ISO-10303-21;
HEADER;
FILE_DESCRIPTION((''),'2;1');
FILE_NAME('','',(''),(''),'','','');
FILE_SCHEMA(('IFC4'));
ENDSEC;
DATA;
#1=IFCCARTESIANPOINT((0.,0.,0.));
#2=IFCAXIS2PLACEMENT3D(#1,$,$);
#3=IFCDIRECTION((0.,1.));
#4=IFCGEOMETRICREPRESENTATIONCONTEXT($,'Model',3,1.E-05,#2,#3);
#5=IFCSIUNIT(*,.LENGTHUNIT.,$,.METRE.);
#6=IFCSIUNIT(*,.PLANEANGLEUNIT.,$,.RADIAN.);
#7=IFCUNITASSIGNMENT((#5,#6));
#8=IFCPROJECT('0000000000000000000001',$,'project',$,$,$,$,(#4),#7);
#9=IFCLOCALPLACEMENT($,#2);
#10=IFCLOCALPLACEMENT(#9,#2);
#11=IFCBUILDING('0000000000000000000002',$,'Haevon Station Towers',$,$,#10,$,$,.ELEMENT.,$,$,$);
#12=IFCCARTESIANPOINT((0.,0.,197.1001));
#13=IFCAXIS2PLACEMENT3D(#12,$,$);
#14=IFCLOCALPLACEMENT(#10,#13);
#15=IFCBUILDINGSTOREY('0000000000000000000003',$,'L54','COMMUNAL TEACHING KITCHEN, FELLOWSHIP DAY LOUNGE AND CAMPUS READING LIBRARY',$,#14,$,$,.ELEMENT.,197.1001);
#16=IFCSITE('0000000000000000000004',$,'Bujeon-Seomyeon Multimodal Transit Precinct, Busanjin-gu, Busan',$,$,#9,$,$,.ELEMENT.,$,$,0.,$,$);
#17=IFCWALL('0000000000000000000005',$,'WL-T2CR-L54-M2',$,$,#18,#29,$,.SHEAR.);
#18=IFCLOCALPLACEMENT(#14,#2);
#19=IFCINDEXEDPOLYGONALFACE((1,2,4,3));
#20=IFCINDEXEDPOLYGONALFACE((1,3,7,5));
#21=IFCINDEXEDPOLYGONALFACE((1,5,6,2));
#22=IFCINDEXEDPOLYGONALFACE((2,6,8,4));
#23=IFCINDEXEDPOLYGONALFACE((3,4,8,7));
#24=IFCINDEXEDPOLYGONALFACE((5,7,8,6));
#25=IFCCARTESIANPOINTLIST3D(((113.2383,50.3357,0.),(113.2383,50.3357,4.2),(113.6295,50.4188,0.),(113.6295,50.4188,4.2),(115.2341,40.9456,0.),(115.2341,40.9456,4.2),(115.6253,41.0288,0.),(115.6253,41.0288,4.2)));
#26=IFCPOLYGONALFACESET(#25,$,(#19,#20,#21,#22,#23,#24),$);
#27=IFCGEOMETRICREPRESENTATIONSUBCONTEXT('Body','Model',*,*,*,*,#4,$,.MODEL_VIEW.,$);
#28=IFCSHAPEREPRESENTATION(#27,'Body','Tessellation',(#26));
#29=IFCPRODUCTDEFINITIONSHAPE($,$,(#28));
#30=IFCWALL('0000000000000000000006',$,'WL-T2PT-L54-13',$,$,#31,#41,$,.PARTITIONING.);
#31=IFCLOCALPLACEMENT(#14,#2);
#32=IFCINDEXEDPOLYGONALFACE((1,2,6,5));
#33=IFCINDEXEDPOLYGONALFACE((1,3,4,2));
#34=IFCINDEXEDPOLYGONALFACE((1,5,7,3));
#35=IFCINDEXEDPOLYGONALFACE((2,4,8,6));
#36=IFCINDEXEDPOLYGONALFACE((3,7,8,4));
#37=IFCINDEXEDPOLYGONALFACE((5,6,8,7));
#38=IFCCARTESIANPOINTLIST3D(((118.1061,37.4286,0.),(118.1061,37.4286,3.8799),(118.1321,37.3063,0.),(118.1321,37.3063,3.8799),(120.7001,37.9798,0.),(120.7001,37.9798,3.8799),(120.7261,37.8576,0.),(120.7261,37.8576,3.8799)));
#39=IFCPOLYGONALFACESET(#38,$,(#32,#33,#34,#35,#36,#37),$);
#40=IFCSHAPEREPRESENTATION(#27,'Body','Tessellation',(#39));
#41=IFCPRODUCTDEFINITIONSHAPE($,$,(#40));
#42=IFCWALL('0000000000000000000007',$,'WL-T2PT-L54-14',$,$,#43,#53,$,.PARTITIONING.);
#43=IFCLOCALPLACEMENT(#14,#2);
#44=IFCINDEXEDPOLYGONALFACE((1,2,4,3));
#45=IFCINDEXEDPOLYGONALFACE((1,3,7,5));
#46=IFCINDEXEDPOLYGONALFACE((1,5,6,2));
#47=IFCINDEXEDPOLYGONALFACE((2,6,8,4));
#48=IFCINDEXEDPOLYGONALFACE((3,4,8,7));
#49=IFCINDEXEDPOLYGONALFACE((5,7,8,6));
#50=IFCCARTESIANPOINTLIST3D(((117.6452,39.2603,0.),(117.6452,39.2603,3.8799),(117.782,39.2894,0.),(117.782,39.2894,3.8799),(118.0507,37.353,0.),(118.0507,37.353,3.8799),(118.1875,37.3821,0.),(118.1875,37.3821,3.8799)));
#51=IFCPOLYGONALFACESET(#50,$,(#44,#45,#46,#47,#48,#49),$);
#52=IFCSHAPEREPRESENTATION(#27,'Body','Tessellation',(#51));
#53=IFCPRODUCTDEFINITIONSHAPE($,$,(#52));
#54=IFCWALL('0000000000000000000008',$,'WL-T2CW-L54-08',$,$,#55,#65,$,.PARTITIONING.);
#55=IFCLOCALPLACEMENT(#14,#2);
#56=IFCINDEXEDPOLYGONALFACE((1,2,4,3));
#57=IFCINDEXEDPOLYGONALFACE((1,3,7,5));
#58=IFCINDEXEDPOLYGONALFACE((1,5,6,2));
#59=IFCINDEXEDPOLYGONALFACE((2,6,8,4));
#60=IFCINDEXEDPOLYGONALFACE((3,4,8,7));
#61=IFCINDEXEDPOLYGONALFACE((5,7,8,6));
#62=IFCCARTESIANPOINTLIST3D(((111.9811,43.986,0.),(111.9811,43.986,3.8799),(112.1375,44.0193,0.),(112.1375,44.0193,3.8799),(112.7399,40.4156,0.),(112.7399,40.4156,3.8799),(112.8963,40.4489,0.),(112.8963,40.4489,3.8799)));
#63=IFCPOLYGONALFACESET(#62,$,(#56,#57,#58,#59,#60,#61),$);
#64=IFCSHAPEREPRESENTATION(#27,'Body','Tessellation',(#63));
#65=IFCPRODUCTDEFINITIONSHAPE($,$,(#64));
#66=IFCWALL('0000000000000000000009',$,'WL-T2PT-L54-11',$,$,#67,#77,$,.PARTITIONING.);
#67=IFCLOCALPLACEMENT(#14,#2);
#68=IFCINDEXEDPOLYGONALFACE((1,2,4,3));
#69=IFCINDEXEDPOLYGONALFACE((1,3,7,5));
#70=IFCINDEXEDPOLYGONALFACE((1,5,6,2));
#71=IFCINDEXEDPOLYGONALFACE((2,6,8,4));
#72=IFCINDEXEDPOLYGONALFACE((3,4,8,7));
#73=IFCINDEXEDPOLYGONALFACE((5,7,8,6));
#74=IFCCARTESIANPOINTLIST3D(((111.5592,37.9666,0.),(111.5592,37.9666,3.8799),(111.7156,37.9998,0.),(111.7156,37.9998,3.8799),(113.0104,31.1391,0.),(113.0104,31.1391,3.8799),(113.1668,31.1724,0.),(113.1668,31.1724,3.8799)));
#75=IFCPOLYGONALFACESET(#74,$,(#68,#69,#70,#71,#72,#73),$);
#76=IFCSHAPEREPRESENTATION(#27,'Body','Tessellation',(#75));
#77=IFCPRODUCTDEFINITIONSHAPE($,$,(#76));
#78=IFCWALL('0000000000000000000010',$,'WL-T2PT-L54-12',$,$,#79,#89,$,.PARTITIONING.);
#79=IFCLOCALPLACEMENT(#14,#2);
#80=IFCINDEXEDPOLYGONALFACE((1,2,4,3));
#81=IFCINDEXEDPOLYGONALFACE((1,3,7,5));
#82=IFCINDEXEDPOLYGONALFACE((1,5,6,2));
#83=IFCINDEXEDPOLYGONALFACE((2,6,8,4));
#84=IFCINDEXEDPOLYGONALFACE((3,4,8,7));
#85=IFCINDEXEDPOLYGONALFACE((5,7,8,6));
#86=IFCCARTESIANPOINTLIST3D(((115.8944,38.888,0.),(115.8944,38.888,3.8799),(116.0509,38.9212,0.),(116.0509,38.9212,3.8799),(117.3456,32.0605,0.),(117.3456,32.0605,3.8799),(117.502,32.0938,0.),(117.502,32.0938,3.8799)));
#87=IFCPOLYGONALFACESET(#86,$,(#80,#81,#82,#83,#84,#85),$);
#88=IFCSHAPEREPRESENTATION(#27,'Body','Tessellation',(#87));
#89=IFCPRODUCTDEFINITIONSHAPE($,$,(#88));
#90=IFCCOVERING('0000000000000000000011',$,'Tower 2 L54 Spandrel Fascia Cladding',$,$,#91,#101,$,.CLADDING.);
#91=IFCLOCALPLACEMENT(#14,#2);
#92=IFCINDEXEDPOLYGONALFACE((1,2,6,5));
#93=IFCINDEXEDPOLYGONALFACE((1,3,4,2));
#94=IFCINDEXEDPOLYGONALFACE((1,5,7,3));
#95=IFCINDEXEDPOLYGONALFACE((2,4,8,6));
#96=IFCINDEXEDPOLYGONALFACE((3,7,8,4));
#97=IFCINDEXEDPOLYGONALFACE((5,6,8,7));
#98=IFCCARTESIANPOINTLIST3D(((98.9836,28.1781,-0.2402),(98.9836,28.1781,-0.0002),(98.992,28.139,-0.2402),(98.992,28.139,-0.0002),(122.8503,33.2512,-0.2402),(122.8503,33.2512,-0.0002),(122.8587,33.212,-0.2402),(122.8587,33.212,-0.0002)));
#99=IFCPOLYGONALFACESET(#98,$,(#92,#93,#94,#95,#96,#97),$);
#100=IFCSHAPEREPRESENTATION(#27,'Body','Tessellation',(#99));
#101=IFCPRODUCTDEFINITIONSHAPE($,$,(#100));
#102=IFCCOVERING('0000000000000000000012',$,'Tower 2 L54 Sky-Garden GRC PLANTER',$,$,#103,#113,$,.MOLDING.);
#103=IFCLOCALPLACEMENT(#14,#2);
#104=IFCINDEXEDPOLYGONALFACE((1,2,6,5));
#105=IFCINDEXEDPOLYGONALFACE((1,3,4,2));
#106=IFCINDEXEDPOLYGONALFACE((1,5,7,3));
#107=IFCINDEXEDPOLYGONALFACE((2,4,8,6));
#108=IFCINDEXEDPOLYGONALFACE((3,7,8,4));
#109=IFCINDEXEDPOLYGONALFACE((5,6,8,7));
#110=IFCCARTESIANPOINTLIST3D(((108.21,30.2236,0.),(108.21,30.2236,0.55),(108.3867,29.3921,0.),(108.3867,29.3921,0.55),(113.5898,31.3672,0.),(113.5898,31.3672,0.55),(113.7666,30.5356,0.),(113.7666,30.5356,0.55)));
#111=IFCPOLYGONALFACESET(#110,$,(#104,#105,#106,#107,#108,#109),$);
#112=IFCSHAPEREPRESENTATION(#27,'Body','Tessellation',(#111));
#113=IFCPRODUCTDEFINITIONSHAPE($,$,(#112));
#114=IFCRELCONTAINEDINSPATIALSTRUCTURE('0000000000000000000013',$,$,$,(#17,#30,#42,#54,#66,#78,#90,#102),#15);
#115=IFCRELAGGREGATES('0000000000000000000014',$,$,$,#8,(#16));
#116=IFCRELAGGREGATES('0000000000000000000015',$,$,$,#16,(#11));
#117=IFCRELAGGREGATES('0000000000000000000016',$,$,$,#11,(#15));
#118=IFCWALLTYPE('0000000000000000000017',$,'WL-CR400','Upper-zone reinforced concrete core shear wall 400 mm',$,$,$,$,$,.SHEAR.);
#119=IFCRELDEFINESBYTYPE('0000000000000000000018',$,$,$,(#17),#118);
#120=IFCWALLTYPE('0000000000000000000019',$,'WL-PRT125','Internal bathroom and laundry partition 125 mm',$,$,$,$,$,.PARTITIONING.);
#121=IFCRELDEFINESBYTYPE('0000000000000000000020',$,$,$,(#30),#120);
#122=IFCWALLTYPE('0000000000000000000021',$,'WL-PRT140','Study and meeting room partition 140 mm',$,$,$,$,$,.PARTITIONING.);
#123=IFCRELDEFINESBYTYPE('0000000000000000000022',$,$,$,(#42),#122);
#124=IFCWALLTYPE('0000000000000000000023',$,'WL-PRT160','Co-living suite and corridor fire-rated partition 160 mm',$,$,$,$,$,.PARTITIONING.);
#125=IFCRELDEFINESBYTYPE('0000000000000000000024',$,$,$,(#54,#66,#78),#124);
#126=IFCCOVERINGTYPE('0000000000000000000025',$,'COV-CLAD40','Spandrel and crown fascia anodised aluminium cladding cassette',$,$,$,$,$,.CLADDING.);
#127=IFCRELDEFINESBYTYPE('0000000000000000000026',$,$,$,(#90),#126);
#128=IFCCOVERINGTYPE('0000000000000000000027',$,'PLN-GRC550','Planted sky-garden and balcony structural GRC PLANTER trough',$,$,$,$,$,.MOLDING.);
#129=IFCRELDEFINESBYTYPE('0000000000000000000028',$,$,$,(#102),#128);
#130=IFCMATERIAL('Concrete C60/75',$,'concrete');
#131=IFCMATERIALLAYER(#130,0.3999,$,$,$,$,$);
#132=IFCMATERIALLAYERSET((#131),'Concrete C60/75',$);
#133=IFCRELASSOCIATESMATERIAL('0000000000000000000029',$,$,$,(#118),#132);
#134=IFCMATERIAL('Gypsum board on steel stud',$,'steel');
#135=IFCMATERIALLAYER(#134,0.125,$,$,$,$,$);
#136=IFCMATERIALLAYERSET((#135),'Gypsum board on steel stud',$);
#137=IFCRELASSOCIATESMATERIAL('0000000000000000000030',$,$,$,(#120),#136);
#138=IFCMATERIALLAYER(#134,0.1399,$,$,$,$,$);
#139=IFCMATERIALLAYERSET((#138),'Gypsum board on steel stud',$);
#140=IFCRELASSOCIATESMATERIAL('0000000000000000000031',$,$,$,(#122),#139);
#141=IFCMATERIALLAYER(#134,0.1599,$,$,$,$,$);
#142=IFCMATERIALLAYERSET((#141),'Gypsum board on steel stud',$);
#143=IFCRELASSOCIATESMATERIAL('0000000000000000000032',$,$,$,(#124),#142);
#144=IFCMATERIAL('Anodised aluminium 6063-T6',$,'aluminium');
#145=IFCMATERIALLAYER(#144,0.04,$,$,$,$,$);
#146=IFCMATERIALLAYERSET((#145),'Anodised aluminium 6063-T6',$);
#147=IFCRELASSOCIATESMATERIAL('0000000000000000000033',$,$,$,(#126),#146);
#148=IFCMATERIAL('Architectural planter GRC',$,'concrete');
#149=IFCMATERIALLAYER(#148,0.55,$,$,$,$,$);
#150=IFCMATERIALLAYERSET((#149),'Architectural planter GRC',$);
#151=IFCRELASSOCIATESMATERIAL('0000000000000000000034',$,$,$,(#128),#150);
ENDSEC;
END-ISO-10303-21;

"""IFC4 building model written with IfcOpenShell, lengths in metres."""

from ifc_helpers import new_model, si_unit, direction, frame, frame_2d, origin, origin_2d, place, context, subcontext, project, spatial, rectangle, extrude, material, layer, layer_set, type_object, element, save


model = new_model("IFC4")

# Units and contexts
model_context = context("Model", 3, precision=1e-05, world=origin(), true_north=direction((0.0, 1.0)))
body_context = subcontext(model_context, "Body", "Model", "MODEL_VIEW")
ifc_project = project(units=[si_unit("LENGTHUNIT", "METRE"), si_unit("PLANEANGLEUNIT", "RADIAN")], contexts=[model_context])

# Site, building, storey
site_placement = place(None, origin())
site = spatial("IfcSite", under=ifc_project, at=site_placement, Name="Bujeon-Seomyeon Multimodal Transit Precinct, Busanjin-gu, Busan", CompositionType="ELEMENT", RefElevation=0.0)
building_placement = place(site_placement, origin())
building = spatial("IfcBuilding", under=site, at=building_placement, Name="Haevon Station Towers", CompositionType="ELEMENT")
storey_placement = place(building_placement, frame((0.0, 0.0, 197.1001)))
storey = spatial("IfcBuildingStorey", under=building, at=storey_placement, Name="L54", Description="COMMUNAL TEACHING KITCHEN, FELLOWSHIP DAY LOUNGE AND CAMPUS READING LIBRARY", CompositionType="ELEMENT", Elevation=197.1001)

# Shared definitions
ifc_material_1 = material(Name="Gypsum board on steel stud", Category="steel")

# Walls
ifc_material_2 = material(Name="Concrete C60/75", Category="concrete")
ifc_layer_1 = layer(ifc_material_2, 0.3999)
ifc_layer_set_1 = layer_set([ifc_layer_1], Name="Concrete C60/75")
wall_type_1 = type_object("IfcWallType", Name="WL-CR400", Description="Upper-zone reinforced concrete core shear wall 400 mm", PredefinedType="SHEAR", material=ifc_layer_set_1)
wall_1_placement = place(storey_placement, frame((115.4297, 40.9873, 0.0), z_axis=(0.0, 0.0, 1.0), x_axis=(-0.207903, 0.978149, 0.0)))
element("IfcWall", 1, at=wall_1_placement, inside=storey, type_object=wall_type_1, Name="WL-T2CR-L54-M2", PredefinedType="SHEAR", context=body_context, shape_type="SweptSolid", body=[
    extrude(rectangle(XDim=9.5999, YDim=0.3999, at=frame_2d((4.7998, 0.0))), origin(), (0.0, 0.0, 1.0), 4.2),
])
ifc_layer_2 = layer(ifc_material_1, 0.125)
ifc_layer_set_2 = layer_set([ifc_layer_2], Name="Gypsum board on steel stud")
wall_type_2 = type_object("IfcWallType", Name="WL-PRT125", Description="Internal bathroom and laundry partition 125 mm", PredefinedType="PARTITIONING", material=ifc_layer_set_2)
wall_2_placement = place(storey_placement, frame((118.1191, 37.3674, 0.0), z_axis=(0.0, 0.0, 1.0), x_axis=(0.978155, 0.207875, 0.0)))
element("IfcWall", 2, at=wall_2_placement, inside=storey, type_object=wall_type_2, Name="WL-T2PT-L54-13", PredefinedType="PARTITIONING", context=body_context, shape_type="SweptSolid", body=[
    extrude(rectangle(XDim=2.6519, YDim=0.125, at=frame_2d((1.3259, 0.0))), origin(), (0.0, 0.0, 1.0), 3.8799),
])
ifc_layer_3 = layer(ifc_material_1, 0.1399)
ifc_layer_set_3 = layer_set([ifc_layer_3], Name="Gypsum board on steel stud")
wall_type_3 = type_object("IfcWallType", Name="WL-PRT140", Description="Study and meeting room partition 140 mm", PredefinedType="PARTITIONING", material=ifc_layer_set_3)
wall_3_placement = place(storey_placement, frame((118.1191, 37.3674, 0.0), z_axis=(0.0, 0.0, 1.0), x_axis=(-0.207973, 0.978135, 0.0)))
element("IfcWall", 3, at=wall_3_placement, inside=storey, type_object=wall_type_3, Name="WL-T2PT-L54-14", PredefinedType="PARTITIONING", context=body_context, shape_type="SweptSolid", body=[
    extrude(rectangle(XDim=1.95, YDim=0.1399, at=frame_2d((0.9751, 0.0))), origin(), (0.0, 0.0, 1.0), 3.8799),
])
ifc_layer_4 = layer(ifc_material_1, 0.1599)
ifc_layer_set_4 = layer_set([ifc_layer_4], Name="Gypsum board on steel stud")
wall_type_4 = type_object("IfcWallType", Name="WL-PRT160", Description="Co-living suite and corridor fire-rated partition 160 mm", PredefinedType="PARTITIONING", material=ifc_layer_set_4)
wall_4_placement = place(storey_placement, frame((112.8181, 40.4321, 0.0), z_axis=(0.0, 0.0, 1.0), x_axis=(-0.207884, 0.978153, 0.0)))
element("IfcWall", 4, at=wall_4_placement, inside=storey, type_object=wall_type_4, Name="WL-T2CW-L54-08", PredefinedType="PARTITIONING", context=body_context, shape_type="SweptSolid", body=[
    extrude(rectangle(XDim=3.6501, YDim=0.1599, at=frame_2d((1.8252, 0.0))), origin(), (0.0, 0.0, 1.0), 3.8799),
])
for number, where, z_axis, x_axis, name in (
    (5, (113.0886, 31.1558, 0.0), (0.0, 0.0, 1.0), (-0.207907, 0.978149, 0.0), "WL-T2PT-L54-11"),
    (6, (117.4238, 32.0771, 0.0), (0.0, 0.0, 1.0), (-0.207907, 0.978149, 0.0), "WL-T2PT-L54-12"),
):
    element("IfcWall", number, at=place(storey_placement, frame(where, z_axis=z_axis, x_axis=x_axis)), inside=storey, type_object=wall_type_4, Name=name, PredefinedType="PARTITIONING", context=body_context, shape_type="SweptSolid", body=[
        extrude(rectangle(XDim=6.98, YDim=0.1599, at=frame_2d((3.49, 0.0))), origin(), (0.0, 0.0, 1.0), 3.8799),
    ])

# Coverings
ifc_material_3 = material(Name="Anodised aluminium 6063-T6", Category="aluminium")
ifc_layer_5 = layer(ifc_material_3, 0.04)
ifc_layer_set_5 = layer_set([ifc_layer_5], Name="Anodised aluminium 6063-T6")
covering_type_1 = type_object("IfcCoveringType", Name="COV-CLAD40", Description="Spandrel and crown fascia anodised aluminium cladding cassette", PredefinedType="CLADDING", material=ifc_layer_set_5)
covering_1_placement = place(storey_placement, frame((110.9211, 30.6951, -0.2402), z_axis=(0.0, 0.0, 1.0), x_axis=(0.978148, 0.207912, 0.0)))
element("IfcCovering", 7, at=covering_1_placement, inside=storey, type_object=covering_type_1, Name="Tower 2 L54 Spandrel Fascia Cladding", PredefinedType="CLADDING", context=body_context, shape_type="SweptSolid", body=[
    extrude(rectangle(XDim=24.3999, YDim=0.04, at=origin_2d()), origin(), (0.0, 0.0, 1.0), 0.24),
])
ifc_material_4 = material(Name="Architectural planter GRC", Category="concrete")
ifc_layer_6 = layer(ifc_material_4, 0.55)
ifc_layer_set_6 = layer_set([ifc_layer_6], Name="Architectural planter GRC")
covering_type_2 = type_object("IfcCoveringType", Name="PLN-GRC550", Description="Planted sky-garden and balcony structural GRC PLANTER trough", PredefinedType="MOLDING", material=ifc_layer_set_6)
covering_2_placement = place(storey_placement, frame((110.9883, 30.3796, 0.0), z_axis=(0.0, 0.0, 1.0), x_axis=(0.978148, 0.207912, 0.0)))
element("IfcCovering", 8, at=covering_2_placement, inside=storey, type_object=covering_type_2, Name="Tower 2 L54 Sky-Garden GRC PLANTER", PredefinedType="MOLDING", context=body_context, shape_type="SweptSolid", body=[
    extrude(rectangle(XDim=5.5, YDim=0.8501, at=origin_2d()), origin(), (0.0, 0.0, 1.0), 0.55),
])

save(model, "model.ifc")
